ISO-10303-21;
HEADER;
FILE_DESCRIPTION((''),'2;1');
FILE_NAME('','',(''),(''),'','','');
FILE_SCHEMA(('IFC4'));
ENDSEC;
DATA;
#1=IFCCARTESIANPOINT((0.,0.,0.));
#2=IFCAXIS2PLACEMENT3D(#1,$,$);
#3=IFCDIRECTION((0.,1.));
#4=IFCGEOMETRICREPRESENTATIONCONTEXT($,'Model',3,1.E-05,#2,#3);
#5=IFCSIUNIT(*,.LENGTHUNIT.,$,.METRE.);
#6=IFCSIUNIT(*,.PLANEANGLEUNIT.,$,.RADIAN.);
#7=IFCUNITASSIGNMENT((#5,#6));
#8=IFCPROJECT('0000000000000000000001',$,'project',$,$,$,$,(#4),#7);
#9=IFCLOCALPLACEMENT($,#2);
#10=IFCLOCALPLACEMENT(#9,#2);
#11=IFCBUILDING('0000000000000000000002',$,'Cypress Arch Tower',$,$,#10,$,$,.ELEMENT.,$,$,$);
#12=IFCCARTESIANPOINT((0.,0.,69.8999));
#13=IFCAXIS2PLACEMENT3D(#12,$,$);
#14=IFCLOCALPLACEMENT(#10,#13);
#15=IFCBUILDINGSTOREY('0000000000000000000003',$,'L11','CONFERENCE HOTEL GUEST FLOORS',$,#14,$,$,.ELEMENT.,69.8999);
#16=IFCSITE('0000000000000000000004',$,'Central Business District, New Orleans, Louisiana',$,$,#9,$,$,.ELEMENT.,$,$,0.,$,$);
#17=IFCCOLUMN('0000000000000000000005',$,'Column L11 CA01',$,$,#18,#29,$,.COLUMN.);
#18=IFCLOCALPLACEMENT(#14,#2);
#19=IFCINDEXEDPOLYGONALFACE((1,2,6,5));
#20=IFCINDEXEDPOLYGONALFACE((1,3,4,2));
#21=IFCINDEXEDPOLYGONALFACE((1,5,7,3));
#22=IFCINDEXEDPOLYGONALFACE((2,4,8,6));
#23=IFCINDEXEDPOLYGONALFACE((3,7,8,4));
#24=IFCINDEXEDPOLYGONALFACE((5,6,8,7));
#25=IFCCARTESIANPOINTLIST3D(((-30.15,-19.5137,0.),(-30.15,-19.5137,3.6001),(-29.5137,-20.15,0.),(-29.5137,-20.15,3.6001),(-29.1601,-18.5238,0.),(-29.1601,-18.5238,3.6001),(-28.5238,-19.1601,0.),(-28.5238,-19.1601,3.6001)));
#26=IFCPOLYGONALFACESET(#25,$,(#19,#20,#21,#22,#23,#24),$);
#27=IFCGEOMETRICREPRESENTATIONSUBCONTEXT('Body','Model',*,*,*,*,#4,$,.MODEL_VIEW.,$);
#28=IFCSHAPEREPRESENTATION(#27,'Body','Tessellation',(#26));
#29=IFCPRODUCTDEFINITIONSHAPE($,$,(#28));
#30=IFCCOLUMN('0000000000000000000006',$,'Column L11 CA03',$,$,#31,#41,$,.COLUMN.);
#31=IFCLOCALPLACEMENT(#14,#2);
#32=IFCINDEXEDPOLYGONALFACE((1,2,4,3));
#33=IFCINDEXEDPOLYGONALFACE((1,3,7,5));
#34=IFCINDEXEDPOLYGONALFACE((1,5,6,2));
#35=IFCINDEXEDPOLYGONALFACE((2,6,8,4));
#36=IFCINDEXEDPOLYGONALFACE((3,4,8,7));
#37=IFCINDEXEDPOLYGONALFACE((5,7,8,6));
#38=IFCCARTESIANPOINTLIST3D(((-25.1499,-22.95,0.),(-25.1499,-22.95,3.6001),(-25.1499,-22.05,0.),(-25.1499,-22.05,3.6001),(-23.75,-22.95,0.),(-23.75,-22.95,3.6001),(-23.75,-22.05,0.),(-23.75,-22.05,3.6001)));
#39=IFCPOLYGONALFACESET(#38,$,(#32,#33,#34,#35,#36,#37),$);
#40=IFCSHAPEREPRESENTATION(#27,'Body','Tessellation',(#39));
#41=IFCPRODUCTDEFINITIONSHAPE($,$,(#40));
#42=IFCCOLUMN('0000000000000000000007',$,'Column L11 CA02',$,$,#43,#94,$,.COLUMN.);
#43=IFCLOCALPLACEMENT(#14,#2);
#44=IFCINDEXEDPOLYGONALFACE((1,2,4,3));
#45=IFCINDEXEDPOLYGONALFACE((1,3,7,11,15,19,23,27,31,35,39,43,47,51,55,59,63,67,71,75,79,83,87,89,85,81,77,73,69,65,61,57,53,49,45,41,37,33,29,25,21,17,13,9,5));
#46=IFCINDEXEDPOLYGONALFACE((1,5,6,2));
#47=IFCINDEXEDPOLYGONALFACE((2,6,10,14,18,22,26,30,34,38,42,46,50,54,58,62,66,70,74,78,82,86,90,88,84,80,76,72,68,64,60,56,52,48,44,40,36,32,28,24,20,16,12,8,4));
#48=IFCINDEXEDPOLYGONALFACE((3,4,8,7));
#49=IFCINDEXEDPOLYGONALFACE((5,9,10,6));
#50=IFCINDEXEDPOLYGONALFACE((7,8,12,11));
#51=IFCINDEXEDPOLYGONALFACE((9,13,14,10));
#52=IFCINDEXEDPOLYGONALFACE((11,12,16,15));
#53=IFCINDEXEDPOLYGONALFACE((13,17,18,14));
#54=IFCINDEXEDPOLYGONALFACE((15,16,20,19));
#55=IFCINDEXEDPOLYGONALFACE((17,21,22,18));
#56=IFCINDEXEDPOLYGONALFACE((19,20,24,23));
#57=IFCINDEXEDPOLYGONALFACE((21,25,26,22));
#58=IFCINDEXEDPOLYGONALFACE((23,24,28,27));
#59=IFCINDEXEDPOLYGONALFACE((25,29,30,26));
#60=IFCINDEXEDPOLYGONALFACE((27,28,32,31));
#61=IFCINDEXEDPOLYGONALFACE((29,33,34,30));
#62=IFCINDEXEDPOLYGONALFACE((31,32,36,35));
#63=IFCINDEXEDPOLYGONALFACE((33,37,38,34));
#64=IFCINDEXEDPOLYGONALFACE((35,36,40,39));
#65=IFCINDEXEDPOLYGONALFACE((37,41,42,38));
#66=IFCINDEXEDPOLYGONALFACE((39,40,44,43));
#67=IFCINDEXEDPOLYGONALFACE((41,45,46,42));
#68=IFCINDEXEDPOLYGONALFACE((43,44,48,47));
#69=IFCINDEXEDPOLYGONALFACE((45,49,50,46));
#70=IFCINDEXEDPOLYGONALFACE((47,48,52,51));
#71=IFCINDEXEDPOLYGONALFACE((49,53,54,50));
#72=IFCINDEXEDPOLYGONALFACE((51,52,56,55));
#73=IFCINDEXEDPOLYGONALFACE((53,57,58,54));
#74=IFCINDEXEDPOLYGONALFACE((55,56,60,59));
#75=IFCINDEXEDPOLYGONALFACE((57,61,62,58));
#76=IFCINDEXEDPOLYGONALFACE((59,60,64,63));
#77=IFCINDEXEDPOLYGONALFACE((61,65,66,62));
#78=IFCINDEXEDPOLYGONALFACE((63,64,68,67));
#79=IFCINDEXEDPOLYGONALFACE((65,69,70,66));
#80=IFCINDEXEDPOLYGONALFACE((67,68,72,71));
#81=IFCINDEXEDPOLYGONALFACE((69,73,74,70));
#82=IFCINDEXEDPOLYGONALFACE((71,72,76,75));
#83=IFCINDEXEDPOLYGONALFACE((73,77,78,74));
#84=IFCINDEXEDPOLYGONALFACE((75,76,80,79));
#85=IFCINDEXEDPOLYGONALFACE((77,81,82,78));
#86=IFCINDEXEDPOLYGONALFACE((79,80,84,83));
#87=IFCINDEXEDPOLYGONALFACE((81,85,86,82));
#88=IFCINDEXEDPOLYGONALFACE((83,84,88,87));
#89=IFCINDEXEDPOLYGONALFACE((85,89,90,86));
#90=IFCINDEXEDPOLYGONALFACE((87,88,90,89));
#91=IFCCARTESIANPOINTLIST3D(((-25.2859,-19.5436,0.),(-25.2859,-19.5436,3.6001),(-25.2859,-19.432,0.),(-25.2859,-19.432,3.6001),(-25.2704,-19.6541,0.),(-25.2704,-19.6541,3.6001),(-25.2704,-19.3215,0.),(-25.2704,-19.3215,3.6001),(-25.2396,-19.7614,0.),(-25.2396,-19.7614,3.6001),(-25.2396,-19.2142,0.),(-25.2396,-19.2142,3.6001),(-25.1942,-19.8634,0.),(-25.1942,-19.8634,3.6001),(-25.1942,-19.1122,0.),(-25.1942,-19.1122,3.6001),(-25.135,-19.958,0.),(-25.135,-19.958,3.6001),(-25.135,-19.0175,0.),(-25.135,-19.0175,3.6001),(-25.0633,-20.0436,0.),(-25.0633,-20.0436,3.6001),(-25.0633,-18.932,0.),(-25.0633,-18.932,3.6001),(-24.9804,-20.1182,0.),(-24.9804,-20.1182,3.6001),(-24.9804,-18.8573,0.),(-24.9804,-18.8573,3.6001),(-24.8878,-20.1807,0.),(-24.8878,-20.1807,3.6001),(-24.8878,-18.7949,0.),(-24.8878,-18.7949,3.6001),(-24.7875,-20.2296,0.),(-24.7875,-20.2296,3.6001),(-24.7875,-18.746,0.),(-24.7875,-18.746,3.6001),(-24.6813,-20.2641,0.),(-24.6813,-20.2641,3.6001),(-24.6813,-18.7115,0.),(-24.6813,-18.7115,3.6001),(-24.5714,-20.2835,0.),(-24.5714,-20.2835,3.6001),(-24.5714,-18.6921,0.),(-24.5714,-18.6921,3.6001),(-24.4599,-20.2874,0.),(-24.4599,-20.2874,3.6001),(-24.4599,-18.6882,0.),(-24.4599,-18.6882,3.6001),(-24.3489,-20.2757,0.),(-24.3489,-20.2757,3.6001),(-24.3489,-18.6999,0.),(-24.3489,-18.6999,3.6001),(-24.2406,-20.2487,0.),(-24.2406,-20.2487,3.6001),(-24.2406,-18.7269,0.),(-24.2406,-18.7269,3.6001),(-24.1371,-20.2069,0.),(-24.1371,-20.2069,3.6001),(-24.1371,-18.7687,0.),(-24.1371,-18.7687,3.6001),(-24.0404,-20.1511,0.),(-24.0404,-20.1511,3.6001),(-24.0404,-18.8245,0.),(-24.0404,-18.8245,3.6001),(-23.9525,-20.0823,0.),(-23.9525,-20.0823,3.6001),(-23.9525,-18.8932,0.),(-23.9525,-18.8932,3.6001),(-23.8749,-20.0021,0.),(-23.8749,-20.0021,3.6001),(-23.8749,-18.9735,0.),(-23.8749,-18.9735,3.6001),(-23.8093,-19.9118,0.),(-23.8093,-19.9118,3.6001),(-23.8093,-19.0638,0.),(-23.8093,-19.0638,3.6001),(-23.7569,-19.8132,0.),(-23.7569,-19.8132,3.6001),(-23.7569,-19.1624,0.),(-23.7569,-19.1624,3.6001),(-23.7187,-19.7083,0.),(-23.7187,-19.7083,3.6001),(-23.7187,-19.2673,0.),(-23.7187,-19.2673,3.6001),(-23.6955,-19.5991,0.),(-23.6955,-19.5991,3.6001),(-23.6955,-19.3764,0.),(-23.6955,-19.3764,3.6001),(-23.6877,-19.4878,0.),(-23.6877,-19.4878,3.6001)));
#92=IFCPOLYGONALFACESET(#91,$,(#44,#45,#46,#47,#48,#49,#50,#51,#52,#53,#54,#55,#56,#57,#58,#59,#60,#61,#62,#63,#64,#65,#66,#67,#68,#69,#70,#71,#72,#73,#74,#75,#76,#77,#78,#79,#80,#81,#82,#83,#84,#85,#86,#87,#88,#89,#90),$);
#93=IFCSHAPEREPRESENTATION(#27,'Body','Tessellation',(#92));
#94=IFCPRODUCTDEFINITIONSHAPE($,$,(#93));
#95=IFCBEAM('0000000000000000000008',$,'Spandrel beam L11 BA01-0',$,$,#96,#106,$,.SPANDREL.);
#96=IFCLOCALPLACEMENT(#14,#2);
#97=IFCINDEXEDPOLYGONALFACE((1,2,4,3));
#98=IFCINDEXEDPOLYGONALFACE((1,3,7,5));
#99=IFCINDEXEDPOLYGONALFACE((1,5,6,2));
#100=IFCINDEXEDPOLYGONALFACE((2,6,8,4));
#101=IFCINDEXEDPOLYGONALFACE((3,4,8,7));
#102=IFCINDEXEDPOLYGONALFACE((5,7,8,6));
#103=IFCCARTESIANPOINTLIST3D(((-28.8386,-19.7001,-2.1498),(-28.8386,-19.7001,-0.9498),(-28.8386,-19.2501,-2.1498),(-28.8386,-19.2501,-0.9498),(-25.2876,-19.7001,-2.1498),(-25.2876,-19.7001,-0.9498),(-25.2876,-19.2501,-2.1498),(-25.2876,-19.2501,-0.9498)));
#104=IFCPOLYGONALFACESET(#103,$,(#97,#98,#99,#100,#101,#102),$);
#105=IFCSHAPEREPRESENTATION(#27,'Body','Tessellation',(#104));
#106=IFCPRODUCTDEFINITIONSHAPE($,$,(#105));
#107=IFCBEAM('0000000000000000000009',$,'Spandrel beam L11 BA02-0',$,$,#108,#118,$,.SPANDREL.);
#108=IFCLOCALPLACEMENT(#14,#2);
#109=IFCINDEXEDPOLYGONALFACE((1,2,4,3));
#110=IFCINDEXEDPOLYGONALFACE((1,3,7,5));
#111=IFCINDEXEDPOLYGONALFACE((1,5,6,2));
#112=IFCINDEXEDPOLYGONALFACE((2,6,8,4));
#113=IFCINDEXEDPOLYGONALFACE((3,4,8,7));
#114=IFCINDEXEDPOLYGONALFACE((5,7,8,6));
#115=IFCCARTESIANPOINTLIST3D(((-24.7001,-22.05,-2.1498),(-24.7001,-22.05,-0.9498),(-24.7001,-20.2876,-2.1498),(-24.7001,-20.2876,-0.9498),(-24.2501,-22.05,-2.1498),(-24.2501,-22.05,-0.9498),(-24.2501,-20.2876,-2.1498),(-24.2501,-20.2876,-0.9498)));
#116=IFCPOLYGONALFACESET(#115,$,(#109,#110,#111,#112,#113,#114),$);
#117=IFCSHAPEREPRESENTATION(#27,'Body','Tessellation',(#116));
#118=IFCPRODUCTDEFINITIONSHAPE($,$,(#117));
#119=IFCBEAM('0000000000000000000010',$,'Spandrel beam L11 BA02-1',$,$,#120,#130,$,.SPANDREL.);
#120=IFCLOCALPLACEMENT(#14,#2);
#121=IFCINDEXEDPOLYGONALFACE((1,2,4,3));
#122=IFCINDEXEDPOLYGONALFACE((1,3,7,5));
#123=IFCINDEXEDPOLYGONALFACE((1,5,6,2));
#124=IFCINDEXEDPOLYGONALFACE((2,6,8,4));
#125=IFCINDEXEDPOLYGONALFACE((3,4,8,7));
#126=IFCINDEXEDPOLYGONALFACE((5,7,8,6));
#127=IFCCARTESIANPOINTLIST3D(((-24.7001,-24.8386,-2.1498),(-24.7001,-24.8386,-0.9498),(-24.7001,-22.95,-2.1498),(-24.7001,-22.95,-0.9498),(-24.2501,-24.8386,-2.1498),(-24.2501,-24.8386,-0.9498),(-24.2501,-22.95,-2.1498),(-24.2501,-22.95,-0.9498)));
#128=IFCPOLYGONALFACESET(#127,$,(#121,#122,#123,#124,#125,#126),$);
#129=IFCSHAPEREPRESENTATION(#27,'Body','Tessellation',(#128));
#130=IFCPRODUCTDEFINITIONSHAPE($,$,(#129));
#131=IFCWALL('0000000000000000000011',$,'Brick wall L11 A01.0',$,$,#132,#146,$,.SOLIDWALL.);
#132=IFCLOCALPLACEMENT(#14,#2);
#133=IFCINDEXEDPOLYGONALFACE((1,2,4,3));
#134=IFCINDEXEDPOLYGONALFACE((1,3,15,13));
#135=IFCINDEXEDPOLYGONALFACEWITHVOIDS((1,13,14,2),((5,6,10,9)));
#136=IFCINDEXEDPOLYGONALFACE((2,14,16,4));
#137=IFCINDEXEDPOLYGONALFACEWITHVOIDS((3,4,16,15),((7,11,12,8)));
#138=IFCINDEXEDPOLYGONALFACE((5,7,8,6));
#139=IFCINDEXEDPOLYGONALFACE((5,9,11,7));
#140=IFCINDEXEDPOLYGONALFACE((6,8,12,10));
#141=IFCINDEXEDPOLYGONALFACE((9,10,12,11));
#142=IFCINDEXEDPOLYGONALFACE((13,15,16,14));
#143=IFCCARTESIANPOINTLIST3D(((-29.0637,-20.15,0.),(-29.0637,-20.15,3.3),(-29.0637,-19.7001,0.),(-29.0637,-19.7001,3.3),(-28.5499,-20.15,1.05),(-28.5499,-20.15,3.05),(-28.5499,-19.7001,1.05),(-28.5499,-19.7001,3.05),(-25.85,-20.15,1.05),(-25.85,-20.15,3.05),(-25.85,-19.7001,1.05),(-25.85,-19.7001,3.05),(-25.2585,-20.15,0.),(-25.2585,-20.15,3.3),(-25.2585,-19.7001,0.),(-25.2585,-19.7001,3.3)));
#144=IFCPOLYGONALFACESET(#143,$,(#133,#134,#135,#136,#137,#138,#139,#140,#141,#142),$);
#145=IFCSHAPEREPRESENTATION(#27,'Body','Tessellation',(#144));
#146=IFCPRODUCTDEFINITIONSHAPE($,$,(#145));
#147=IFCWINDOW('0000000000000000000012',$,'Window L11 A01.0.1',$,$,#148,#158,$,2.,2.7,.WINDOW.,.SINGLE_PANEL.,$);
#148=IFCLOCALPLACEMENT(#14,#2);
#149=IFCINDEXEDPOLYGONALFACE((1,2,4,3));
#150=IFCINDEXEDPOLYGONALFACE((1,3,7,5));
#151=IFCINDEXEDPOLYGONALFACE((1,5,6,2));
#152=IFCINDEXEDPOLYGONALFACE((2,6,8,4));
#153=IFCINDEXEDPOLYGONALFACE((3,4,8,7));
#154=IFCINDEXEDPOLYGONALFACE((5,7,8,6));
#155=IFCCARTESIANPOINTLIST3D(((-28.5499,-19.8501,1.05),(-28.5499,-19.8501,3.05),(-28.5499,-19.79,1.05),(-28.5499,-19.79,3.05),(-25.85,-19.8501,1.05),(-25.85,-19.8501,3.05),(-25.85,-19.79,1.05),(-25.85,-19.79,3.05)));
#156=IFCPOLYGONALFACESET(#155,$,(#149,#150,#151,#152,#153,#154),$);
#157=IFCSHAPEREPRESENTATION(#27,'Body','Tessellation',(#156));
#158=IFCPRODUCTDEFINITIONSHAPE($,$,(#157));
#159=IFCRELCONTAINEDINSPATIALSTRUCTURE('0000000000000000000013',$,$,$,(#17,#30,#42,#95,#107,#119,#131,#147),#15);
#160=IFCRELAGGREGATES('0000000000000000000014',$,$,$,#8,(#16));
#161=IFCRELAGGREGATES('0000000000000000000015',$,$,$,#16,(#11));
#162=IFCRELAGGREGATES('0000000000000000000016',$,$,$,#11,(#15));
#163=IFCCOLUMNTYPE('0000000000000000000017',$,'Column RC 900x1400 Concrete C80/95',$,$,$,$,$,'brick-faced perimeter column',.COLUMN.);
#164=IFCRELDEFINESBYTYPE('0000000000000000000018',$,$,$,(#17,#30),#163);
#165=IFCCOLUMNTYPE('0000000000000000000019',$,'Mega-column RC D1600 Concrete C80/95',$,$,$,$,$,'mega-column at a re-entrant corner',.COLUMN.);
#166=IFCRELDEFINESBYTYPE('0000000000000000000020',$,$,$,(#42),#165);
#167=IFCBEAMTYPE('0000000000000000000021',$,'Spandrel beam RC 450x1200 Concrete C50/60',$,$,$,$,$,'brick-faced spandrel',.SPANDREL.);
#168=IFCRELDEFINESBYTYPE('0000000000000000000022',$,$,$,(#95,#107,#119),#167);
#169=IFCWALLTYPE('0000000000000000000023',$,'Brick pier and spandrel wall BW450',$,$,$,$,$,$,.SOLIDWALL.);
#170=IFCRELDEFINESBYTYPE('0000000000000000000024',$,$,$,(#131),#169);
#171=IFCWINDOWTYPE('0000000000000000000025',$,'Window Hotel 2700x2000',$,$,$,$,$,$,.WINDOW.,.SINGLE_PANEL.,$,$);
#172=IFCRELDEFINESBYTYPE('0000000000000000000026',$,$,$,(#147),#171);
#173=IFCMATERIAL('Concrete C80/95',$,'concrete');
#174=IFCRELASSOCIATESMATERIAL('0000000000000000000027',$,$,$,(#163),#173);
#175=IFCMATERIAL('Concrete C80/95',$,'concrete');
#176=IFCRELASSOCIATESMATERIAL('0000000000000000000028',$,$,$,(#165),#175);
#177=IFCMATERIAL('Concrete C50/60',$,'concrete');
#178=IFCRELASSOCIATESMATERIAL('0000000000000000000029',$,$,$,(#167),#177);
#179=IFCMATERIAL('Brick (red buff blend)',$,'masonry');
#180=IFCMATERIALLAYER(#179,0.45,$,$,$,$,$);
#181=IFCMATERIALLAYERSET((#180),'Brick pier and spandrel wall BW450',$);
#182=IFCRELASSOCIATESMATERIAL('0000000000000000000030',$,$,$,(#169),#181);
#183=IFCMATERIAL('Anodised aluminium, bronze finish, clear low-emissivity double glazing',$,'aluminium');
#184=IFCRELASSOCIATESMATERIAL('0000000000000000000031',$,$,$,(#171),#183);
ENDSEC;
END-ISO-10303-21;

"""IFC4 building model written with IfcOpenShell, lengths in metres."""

from ifc_helpers import new_model, si_unit, direction, frame, frame_2d, origin, origin_2d, place, context, subcontext, project, spatial, rectangle, circle, extrude, material, layer, layer_set, material_profile, profile_set, type_object, element, fill, save


model = new_model("IFC4")

# Units and contexts
model_context = context("Model", 3, precision=1e-05, world=origin(), true_north=direction((0.0, 1.0)))
body_context = subcontext(model_context, "Body", "Model", "MODEL_VIEW")
ifc_project = project(units=[si_unit("LENGTHUNIT", "METRE"), si_unit("PLANEANGLEUNIT", "RADIAN")], contexts=[model_context])

# Site, building, storey
site_placement = place(None, origin())
site = spatial("IfcSite", under=ifc_project, at=site_placement, Name="Central Business District, New Orleans, Louisiana", CompositionType="ELEMENT", RefElevation=0.0)
building_placement = place(site_placement, origin())
building = spatial("IfcBuilding", under=site, at=building_placement, Name="Cypress Arch Tower", CompositionType="ELEMENT")
storey_placement = place(building_placement, frame((0.0, 0.0, 69.8999)))
storey = spatial("IfcBuildingStorey", under=building, at=storey_placement, Name="L11", Description="CONFERENCE HOTEL GUEST FLOORS", CompositionType="ELEMENT", Elevation=69.8999)

# Columns
ifc_material_1 = material(Name="Concrete C80/95", Category="concrete")
ifc_material_profile_1 = material_profile(ifc_material_1, rectangle(XDim=0.8999, YDim=1.3999, at=origin_2d()), Name="RC 900x1400")
ifc_profile_set_1 = profile_set([ifc_material_profile_1], Name="Concrete C80/95")
column_type_1 = type_object("IfcColumnType", Name="Column RC 900x1400 Concrete C80/95", ElementType="brick-faced perimeter column", PredefinedType="COLUMN", material=ifc_profile_set_1)
for number, where, z_axis, x_axis, name in (
    (1, (-29.3369, -19.3369, 0.0), (0.0, 0.0, 1.0), (0.707107, -0.707107, 0.0), "Column L11 CA01"),
    (2, (-24.45, -22.5, 0.0), (0.0, 0.0, 1.0), (0.0, -1.0, 0.0), "Column L11 CA03"),
):
    element("IfcColumn", number, at=place(storey_placement, frame(where, z_axis=z_axis, x_axis=x_axis)), inside=storey, type_object=column_type_1, Name=name, PredefinedType="COLUMN", context=body_context, shape_type="SweptSolid", body=[
        extrude(rectangle(XDim=0.8999, YDim=1.3999, at=origin_2d()), origin(), (0.0, 0.0, 1.0), 3.6001),
    ])
ifc_material_2 = material(Name="Concrete C80/95", Category="concrete")
ifc_material_profile_2 = material_profile(ifc_material_2, circle(Radius=0.8, at=origin_2d()), Name="RC D1600")
ifc_profile_set_2 = profile_set([ifc_material_profile_2], Name="Concrete C80/95")
column_type_2 = type_object("IfcColumnType", Name="Mega-column RC D1600 Concrete C80/95", ElementType="mega-column at a re-entrant corner", PredefinedType="COLUMN", material=ifc_profile_set_2)
column_placement = place(storey_placement, frame((-24.4878, -19.4878, 0.0), z_axis=(0.0, 0.0, 1.0), x_axis=(1.0, 0.0, 0.0)))
element("IfcColumn", 3, at=column_placement, inside=storey, type_object=column_type_2, Name="Column L11 CA02", PredefinedType="COLUMN", context=body_context, shape_type="SweptSolid", body=[
    extrude(circle(Radius=0.8, at=origin_2d()), origin(), (0.0, 0.0, 1.0), 3.6001),
])

# Beams
ifc_material_3 = material(Name="Concrete C50/60", Category="concrete")
ifc_material_profile_3 = material_profile(ifc_material_3, rectangle(XDim=0.45, YDim=1.2, at=origin_2d()), Name="RC 450x1200")
ifc_profile_set_3 = profile_set([ifc_material_profile_3], Name="Concrete C50/60")
beam_type = type_object("IfcBeamType", Name="Spandrel beam RC 450x1200 Concrete C50/60", ElementType="brick-faced spandrel", PredefinedType="SPANDREL", material=ifc_profile_set_3)
beam_1_placement = place(storey_placement, frame((-28.8386, -19.4751, -1.5498), z_axis=(1.0, 0.0, 0.0), x_axis=(0.0, 1.0, 0.0)))
element("IfcBeam", 4, at=beam_1_placement, inside=storey, type_object=beam_type, Name="Spandrel beam L11 BA01-0", PredefinedType="SPANDREL", context=body_context, shape_type="SweptSolid", body=[
    extrude(rectangle(XDim=0.45, YDim=1.2, at=origin_2d()), origin(), (0.0, 0.0, 1.0), 3.551),
])
beam_2_placement = place(storey_placement, frame((-24.4751, -20.2876, -1.5498), z_axis=(0.0, -1.0, 0.0), x_axis=(1.0, 0.0, 0.0)))
element("IfcBeam", 5, at=beam_2_placement, inside=storey, type_object=beam_type, Name="Spandrel beam L11 BA02-0", PredefinedType="SPANDREL", context=body_context, shape_type="SweptSolid", body=[
    extrude(rectangle(XDim=0.45, YDim=1.2, at=origin_2d()), origin(), (0.0, 0.0, 1.0), 1.7625),
])
beam_3_placement = place(storey_placement, frame((-24.4751, -22.95, -1.5498), z_axis=(0.0, -1.0, 0.0), x_axis=(1.0, 0.0, 0.0)))
element("IfcBeam", 6, at=beam_3_placement, inside=storey, type_object=beam_type, Name="Spandrel beam L11 BA02-1", PredefinedType="SPANDREL", context=body_context, shape_type="SweptSolid", body=[
    extrude(rectangle(XDim=0.45, YDim=1.2, at=origin_2d()), origin(), (0.0, 0.0, 1.0), 1.8887),
])

# Wall, opening, window
ifc_material_4 = material(Name="Brick (red buff blend)", Category="masonry")
ifc_layer_1 = layer(ifc_material_4, 0.45)
ifc_layer_set_1 = layer_set([ifc_layer_1], Name="Brick pier and spandrel wall BW450")
wall_type_1 = type_object("IfcWallType", Name="Brick pier and spandrel wall BW450", PredefinedType="SOLIDWALL", material=ifc_layer_set_1)
wall_1_placement = place(storey_placement, frame((-29.0637, -19.925, 0.0), z_axis=(0.0, 0.0, 1.0), x_axis=(1.0, 0.0, 0.0)))
wall_1 = element("IfcWall", 7, at=wall_1_placement, inside=storey, type_object=wall_type_1, Name="Brick wall L11 A01.0", PredefinedType="SOLIDWALL", context=body_context, shape_type="SweptSolid", body=[
    extrude(rectangle(XDim=3.8052, YDim=0.45, at=frame_2d((1.9026, 0.0))), origin(), (0.0, 0.0, 1.0), 3.3),
])
opening_1_placement = place(wall_1_placement, frame((0.5137, 0.0, 1.05)))
opening_1 = element("IfcOpeningElement", 8, at=opening_1_placement, cuts=wall_1, PredefinedType="OPENING", context=body_context, shape_type="SweptSolid", body=[
    extrude(rectangle(XDim=2.7, YDim=2.0, at=frame_2d((1.3501, 1.0))), frame((0.0, 0.2349, 0.0), z_axis=(0.0, -1.0, 0.0), x_axis=(1.0, 0.0, 0.0)), (0.0, 0.0, 1.0), 0.47),
])
ifc_material_5 = material(Name="Anodised aluminium, bronze finish, clear low-emissivity double glazing", Category="aluminium")
window_type_1 = type_object("IfcWindowType", Name="Window Hotel 2700x2000", PartitioningType="SINGLE_PANEL", PredefinedType="WINDOW", material=ifc_material_5)
window_1_placement = place(opening_1_placement, origin())
window_1 = element("IfcWindow", 9, at=window_1_placement, inside=storey, type_object=window_type_1, Name="Window L11 A01.0.1", OverallHeight=2.0, OverallWidth=2.7, PartitioningType="SINGLE_PANEL", PredefinedType="WINDOW", context=body_context, shape_type="SweptSolid", body=[
    extrude(rectangle(XDim=2.7, YDim=2.0, at=frame_2d((1.3501, 1.0))), frame((0.0, 0.135, 0.0), z_axis=(0.0, -1.0, 0.0), x_axis=(1.0, 0.0, 0.0)), (0.0, 0.0, 1.0), 0.0601),
])
fill(opening_1, window_1)

save(model, "model.ifc")
